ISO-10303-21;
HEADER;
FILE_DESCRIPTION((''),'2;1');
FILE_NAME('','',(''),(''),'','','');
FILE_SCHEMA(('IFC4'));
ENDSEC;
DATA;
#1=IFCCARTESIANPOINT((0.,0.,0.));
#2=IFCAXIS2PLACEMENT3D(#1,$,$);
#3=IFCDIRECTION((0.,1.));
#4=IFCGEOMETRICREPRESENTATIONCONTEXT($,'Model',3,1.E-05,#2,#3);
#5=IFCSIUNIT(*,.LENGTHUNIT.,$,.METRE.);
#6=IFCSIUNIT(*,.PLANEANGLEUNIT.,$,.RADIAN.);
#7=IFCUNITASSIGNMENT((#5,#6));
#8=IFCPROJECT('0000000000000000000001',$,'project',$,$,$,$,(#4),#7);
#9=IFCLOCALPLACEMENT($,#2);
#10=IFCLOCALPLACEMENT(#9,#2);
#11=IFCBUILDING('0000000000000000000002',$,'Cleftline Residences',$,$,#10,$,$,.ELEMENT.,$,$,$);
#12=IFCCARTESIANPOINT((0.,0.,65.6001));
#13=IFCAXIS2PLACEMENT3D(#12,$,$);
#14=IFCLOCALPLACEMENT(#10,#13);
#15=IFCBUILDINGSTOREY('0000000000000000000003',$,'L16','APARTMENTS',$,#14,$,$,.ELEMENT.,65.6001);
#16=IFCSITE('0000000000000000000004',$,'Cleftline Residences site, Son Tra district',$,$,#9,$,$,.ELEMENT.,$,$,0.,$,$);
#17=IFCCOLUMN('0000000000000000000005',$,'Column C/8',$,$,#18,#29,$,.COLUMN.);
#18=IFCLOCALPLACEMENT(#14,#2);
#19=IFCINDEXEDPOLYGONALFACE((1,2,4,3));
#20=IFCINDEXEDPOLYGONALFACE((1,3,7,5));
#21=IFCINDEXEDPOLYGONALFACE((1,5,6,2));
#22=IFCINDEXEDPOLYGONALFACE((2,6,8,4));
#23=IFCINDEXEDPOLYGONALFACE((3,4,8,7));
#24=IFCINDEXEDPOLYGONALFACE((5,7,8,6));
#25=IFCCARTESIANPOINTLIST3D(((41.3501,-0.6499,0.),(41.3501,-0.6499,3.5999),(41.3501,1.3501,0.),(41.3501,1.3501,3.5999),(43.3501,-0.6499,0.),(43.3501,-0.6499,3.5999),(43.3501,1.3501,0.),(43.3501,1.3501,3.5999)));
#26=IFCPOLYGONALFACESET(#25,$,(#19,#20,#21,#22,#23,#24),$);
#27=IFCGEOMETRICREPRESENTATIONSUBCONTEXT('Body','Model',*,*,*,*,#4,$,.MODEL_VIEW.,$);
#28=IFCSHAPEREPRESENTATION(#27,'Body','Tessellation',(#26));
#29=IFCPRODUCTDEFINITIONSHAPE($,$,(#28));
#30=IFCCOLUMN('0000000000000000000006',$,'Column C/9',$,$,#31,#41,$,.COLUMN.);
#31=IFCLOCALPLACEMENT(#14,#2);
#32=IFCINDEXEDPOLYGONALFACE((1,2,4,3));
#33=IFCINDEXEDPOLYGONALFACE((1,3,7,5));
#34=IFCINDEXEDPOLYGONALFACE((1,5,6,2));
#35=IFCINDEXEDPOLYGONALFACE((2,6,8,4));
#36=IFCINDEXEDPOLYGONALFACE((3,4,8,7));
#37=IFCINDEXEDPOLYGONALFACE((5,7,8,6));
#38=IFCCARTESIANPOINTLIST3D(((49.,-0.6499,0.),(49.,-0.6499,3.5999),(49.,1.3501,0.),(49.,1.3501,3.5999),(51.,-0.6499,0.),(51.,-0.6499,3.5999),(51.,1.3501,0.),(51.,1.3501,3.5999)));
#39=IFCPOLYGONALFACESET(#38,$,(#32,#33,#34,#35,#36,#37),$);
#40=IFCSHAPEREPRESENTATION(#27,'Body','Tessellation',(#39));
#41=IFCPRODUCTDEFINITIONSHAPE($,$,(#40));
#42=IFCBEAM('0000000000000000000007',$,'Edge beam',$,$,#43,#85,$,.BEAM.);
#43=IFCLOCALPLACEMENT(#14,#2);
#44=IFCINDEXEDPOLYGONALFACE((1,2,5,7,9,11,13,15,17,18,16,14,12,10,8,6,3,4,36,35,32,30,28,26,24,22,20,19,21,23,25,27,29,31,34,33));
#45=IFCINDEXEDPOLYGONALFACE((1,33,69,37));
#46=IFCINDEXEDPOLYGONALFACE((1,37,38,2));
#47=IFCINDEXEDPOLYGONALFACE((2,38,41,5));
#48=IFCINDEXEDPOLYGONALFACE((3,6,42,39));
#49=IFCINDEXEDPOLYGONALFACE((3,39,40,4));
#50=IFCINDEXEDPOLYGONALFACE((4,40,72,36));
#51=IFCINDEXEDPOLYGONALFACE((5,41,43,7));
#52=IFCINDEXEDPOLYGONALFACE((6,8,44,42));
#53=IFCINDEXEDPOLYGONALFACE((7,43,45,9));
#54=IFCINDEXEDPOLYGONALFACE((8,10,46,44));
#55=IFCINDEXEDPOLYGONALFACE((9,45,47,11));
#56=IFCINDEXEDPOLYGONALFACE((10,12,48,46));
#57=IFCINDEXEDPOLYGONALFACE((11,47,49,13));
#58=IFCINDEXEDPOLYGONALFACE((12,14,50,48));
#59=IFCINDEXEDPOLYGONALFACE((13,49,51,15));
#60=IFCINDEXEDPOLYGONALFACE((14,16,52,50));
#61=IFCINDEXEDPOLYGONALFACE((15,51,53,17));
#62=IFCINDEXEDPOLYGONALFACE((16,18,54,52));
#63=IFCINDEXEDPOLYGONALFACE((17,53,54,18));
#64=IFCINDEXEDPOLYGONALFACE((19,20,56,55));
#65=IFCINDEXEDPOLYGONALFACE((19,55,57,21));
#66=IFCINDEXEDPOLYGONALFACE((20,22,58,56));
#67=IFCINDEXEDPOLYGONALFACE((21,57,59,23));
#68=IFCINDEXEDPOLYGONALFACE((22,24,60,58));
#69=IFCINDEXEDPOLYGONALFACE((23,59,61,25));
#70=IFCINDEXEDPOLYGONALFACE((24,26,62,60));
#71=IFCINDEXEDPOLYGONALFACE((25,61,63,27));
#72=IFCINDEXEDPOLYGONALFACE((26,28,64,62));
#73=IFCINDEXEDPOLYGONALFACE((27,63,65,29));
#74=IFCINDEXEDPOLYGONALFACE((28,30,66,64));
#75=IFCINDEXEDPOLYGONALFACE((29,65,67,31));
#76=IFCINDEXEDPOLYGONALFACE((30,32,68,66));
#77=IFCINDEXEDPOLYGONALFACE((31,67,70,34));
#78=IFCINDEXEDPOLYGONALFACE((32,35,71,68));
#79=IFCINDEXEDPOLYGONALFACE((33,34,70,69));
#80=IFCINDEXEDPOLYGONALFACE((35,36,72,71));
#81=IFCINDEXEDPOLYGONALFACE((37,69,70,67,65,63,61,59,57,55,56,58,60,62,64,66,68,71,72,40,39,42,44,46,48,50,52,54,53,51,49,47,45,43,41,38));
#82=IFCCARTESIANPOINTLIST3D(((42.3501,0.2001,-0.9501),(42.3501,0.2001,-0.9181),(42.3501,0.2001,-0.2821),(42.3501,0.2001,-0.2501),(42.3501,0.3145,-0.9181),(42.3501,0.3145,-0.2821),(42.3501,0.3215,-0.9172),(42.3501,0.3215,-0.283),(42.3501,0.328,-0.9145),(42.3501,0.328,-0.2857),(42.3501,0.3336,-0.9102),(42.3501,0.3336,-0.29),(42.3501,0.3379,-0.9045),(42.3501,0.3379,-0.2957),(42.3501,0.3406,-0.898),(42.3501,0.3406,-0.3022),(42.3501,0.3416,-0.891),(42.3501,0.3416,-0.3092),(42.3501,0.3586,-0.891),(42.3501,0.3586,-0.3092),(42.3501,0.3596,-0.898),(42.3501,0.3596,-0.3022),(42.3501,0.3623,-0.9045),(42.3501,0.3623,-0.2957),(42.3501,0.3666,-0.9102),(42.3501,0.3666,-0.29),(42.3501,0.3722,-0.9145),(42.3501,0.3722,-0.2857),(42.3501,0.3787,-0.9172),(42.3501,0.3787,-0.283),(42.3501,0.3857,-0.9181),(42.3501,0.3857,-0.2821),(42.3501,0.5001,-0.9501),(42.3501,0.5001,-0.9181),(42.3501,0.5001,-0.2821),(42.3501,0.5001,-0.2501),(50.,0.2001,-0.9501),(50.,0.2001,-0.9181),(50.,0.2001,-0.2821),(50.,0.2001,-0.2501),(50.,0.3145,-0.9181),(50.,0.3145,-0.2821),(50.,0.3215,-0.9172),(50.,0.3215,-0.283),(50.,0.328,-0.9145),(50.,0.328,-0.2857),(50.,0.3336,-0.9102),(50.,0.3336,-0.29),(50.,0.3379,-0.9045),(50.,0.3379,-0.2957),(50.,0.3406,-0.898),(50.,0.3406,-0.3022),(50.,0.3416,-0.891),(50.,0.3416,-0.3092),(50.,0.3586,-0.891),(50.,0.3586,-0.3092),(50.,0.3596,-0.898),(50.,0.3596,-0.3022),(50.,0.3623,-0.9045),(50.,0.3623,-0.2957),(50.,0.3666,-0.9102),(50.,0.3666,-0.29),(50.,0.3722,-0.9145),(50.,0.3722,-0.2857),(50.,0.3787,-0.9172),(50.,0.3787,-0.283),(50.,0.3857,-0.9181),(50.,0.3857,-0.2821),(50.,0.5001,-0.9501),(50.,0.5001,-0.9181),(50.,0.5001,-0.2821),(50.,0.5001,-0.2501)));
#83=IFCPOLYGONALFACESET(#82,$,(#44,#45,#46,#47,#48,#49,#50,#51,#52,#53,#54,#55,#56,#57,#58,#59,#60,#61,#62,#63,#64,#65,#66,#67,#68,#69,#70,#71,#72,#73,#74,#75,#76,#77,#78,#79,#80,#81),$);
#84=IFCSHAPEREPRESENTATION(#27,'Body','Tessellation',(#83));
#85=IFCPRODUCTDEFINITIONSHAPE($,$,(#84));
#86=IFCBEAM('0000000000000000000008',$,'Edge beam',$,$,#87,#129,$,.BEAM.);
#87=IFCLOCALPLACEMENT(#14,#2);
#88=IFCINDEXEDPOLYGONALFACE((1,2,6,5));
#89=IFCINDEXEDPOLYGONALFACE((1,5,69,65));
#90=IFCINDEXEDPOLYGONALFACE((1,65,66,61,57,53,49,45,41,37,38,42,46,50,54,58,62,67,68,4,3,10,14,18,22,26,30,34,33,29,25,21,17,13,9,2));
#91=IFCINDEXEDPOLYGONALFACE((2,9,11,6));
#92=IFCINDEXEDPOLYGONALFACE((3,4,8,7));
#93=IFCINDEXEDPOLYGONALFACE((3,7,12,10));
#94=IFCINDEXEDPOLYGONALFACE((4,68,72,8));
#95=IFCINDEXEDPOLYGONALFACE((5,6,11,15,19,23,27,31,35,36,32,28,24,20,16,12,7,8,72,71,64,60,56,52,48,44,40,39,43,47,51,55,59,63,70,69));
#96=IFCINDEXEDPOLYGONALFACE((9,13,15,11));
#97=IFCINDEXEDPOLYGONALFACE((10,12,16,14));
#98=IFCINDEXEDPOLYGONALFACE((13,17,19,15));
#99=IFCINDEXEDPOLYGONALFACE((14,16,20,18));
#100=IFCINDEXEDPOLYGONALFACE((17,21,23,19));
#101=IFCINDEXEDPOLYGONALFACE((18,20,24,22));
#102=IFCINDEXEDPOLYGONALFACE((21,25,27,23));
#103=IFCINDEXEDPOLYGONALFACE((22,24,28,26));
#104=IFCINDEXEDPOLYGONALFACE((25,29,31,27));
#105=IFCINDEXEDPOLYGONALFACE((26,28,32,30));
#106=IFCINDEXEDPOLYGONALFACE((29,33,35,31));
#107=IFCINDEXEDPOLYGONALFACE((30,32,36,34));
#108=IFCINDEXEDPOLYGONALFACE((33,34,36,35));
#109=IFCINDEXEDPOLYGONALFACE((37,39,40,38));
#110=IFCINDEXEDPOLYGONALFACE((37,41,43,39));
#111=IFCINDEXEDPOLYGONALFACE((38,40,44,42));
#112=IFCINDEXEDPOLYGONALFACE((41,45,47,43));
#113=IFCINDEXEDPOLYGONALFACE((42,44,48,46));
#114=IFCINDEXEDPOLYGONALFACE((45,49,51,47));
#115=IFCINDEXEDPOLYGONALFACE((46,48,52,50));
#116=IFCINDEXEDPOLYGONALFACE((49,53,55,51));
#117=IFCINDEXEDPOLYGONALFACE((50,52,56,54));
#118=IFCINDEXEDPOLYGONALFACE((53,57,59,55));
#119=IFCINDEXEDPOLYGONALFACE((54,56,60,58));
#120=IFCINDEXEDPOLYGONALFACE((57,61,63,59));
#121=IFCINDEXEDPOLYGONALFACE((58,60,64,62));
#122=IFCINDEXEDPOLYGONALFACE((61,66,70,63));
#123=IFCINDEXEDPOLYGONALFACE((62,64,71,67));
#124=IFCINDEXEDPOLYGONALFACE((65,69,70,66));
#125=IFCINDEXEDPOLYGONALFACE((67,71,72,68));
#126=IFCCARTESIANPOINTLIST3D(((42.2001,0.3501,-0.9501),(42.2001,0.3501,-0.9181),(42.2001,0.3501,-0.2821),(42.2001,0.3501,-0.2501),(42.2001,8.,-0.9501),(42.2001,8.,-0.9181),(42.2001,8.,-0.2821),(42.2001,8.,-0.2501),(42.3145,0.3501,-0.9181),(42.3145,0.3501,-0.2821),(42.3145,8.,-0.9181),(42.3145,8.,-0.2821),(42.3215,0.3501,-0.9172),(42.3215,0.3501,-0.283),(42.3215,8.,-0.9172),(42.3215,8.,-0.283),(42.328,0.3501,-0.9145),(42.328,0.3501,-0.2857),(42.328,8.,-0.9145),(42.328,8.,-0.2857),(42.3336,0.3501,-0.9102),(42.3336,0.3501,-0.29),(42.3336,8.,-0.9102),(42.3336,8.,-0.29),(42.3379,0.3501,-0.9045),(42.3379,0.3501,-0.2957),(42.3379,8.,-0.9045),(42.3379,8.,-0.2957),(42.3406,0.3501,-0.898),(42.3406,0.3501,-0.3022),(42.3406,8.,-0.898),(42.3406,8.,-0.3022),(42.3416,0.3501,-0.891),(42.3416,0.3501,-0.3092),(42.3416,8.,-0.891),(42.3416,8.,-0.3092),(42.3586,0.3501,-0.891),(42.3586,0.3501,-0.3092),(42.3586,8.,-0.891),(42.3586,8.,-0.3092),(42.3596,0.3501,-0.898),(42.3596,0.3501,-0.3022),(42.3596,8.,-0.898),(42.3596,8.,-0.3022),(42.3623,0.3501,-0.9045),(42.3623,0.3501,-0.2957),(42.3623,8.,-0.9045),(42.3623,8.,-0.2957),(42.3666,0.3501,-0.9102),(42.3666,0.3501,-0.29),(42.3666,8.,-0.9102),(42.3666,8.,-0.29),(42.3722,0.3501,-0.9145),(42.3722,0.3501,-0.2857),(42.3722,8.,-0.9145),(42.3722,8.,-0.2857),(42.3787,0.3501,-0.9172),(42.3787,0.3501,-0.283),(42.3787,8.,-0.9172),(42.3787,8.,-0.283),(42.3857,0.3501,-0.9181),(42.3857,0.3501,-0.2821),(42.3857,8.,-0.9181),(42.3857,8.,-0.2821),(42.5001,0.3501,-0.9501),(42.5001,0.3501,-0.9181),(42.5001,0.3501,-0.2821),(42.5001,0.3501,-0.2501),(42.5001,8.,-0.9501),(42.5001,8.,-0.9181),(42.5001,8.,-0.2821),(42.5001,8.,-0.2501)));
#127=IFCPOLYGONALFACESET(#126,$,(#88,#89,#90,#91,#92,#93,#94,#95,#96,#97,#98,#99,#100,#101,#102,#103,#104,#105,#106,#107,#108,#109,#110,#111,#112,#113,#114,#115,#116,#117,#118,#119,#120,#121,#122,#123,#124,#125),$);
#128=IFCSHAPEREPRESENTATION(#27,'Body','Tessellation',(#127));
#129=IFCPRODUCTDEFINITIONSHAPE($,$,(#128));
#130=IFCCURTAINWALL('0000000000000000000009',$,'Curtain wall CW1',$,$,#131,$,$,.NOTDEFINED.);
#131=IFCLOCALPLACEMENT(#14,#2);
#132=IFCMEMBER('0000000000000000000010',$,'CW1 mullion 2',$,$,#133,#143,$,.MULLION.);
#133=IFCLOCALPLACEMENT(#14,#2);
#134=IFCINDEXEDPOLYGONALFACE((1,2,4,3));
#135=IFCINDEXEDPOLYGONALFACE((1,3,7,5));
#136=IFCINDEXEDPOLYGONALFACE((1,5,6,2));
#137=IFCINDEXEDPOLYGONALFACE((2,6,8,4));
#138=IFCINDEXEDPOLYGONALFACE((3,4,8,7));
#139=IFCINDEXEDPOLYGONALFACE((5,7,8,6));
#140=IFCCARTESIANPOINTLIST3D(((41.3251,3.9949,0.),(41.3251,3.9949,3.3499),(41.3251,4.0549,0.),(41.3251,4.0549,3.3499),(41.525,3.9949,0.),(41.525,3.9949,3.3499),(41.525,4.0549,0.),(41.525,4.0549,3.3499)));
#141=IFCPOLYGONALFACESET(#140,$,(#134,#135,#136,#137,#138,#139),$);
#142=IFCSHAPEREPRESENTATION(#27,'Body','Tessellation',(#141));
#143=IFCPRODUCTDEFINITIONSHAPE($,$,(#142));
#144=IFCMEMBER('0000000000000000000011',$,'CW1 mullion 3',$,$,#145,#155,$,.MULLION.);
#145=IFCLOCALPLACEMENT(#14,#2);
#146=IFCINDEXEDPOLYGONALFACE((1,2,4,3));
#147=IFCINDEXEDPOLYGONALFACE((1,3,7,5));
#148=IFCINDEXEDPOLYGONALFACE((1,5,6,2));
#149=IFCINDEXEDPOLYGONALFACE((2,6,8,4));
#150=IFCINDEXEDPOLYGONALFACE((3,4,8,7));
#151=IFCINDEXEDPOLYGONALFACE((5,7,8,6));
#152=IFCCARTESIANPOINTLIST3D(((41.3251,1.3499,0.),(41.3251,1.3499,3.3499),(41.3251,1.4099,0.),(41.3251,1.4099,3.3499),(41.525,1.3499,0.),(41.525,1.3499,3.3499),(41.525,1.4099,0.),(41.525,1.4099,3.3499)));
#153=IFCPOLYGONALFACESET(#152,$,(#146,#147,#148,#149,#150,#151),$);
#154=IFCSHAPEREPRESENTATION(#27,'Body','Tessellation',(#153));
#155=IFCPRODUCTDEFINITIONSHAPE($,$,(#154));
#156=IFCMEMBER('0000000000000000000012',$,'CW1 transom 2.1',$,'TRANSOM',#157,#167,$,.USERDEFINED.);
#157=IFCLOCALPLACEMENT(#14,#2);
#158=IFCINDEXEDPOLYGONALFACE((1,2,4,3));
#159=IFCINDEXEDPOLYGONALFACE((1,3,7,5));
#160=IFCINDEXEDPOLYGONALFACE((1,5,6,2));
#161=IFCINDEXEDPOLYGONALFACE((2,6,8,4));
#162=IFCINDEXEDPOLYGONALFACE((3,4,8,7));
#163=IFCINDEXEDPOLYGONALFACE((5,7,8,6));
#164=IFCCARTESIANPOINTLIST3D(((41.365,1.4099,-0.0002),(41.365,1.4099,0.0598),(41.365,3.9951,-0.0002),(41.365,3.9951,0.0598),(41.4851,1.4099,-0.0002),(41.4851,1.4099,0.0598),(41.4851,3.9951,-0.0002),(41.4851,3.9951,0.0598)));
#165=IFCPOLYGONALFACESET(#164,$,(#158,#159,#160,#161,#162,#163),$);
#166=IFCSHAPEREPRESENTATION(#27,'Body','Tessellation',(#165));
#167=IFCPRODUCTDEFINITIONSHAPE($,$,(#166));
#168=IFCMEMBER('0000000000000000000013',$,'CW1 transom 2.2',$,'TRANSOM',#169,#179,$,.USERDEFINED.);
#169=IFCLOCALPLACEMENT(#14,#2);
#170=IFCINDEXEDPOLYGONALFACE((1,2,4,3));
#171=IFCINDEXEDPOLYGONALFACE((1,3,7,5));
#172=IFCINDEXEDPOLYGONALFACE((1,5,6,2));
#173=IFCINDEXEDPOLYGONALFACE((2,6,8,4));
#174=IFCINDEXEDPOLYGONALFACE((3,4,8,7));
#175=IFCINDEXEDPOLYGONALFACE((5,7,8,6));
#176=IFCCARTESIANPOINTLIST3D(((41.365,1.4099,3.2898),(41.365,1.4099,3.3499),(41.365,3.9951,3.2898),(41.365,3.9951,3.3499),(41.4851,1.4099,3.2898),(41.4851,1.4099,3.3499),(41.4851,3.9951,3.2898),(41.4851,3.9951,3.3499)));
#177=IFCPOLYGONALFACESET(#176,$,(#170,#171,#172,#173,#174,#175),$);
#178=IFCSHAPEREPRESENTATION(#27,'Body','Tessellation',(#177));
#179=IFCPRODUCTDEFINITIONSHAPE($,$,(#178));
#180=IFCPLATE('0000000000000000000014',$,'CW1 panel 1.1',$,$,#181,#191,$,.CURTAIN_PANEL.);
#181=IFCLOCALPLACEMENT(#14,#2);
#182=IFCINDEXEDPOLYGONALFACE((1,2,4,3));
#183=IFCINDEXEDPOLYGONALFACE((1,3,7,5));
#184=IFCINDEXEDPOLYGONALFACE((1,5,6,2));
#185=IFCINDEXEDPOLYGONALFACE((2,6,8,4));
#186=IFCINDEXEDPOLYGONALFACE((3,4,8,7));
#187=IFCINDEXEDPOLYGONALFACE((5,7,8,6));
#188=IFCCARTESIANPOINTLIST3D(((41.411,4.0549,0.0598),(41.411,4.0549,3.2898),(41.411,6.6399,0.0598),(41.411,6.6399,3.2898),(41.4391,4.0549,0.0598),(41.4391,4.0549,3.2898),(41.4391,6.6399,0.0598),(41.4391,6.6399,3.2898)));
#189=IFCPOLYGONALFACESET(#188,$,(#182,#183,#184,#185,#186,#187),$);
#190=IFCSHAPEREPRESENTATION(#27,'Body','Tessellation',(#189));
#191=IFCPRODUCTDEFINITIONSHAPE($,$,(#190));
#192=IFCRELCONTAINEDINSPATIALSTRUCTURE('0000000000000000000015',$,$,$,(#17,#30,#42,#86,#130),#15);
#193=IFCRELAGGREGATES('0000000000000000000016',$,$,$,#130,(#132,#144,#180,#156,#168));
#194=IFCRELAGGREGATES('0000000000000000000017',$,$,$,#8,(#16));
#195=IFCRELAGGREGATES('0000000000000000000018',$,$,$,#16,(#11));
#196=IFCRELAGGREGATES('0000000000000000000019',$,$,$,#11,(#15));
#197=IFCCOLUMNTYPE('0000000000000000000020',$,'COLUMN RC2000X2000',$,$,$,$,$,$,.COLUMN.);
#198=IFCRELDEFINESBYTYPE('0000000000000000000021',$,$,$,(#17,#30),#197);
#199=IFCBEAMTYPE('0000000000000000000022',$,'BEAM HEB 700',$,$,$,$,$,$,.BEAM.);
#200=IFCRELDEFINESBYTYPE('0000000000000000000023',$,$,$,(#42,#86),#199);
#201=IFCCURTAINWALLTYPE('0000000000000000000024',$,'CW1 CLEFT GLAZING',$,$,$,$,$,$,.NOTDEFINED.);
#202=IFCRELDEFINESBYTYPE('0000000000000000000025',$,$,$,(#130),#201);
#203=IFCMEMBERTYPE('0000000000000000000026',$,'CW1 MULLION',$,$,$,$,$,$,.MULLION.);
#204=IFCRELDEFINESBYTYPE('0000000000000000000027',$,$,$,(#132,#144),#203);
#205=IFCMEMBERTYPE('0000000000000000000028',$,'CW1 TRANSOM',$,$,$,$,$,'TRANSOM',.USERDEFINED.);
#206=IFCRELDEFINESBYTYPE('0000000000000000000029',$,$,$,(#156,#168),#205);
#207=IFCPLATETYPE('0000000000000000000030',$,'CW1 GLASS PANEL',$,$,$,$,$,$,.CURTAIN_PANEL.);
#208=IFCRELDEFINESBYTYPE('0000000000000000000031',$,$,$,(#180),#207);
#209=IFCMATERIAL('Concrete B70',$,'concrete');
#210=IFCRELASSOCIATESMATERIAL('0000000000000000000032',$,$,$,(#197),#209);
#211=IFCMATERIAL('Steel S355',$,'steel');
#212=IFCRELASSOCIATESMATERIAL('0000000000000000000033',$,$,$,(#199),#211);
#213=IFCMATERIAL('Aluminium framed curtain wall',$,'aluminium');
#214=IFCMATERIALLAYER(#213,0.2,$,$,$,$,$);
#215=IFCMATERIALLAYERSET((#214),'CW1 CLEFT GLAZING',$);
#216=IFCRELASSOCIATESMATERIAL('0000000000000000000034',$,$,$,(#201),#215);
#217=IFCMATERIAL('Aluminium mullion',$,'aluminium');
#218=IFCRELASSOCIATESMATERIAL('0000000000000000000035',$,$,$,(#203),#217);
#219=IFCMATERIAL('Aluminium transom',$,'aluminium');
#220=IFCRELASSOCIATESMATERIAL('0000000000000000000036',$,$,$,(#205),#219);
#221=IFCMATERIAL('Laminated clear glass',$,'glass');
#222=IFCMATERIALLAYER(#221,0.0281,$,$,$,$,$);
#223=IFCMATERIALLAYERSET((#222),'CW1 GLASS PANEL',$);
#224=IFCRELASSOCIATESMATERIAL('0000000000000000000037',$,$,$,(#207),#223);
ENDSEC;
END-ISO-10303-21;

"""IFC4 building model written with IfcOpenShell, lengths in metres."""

from ifc_helpers import new_model, si_unit, direction, frame, origin, origin_2d, place, context, subcontext, project, spatial, rectangle, i_section, extrude, material, layer, layer_set, material_profile, profile_set, type_object, element, aggregate, save


model = new_model("IFC4")

# Units and contexts
model_context = context("Model", 3, precision=1e-05, world=origin(), true_north=direction((0.0, 1.0)))
body_context = subcontext(model_context, "Body", "Model", "MODEL_VIEW")
ifc_project = project(units=[si_unit("LENGTHUNIT", "METRE"), si_unit("PLANEANGLEUNIT", "RADIAN")], contexts=[model_context])

# Site, building, storey
site_placement = place(None, origin())
site = spatial("IfcSite", under=ifc_project, at=site_placement, Name="Cleftline Residences site, Son Tra district", CompositionType="ELEMENT", RefElevation=0.0)
building_placement = place(site_placement, origin())
building = spatial("IfcBuilding", under=site, at=building_placement, Name="Cleftline Residences", CompositionType="ELEMENT")
storey_placement = place(building_placement, frame((0.0, 0.0, 65.6001)))
storey = spatial("IfcBuildingStorey", under=building, at=storey_placement, Name="L16", Description="APARTMENTS", CompositionType="ELEMENT", Elevation=65.6001)

# Columns
ifc_material_1 = material(Name="Concrete B70", Category="concrete")
ifc_material_profile_1 = material_profile(ifc_material_1, rectangle(XDim=2.0, YDim=2.0, at=origin_2d()))
ifc_profile_set_1 = profile_set([ifc_material_profile_1], Name="Concrete B70")
column_type = type_object("IfcColumnType", Name="COLUMN RC2000X2000", PredefinedType="COLUMN", material=ifc_profile_set_1)
for number, where, z_axis, x_axis, name in (
    (1, (42.3501, 0.3501, 0.0), (0.0, 0.0, 1.0), (1.0, 0.0, 0.0), "Column C/8"),
    (2, (50.0, 0.3501, 0.0), (0.0, 0.0, 1.0), (1.0, 0.0, 0.0), "Column C/9"),
):
    element("IfcColumn", number, at=place(storey_placement, frame(where, z_axis=z_axis, x_axis=x_axis)), inside=storey, type_object=column_type, Name=name, PredefinedType="COLUMN", context=body_context, shape_type="SweptSolid", body=[
        extrude(rectangle(XDim=2.0, YDim=2.0, at=origin_2d()), origin(), (0.0, 0.0, 1.0), 3.5999),
    ])

# Beams
ifc_material_2 = material(Name="Steel S355", Category="steel")
ifc_material_profile_2 = material_profile(ifc_material_2, i_section(OverallWidth=0.3, OverallDepth=0.7, WebThickness=0.0171, FlangeThickness=0.032, FilletRadius=0.0271, at=origin_2d()))
ifc_profile_set_2 = profile_set([ifc_material_profile_2], Name="Steel S355")
beam_type = type_object("IfcBeamType", Name="BEAM HEB 700", PredefinedType="BEAM", material=ifc_profile_set_2)
for number, where, z_axis, x_axis, name in (
    (3, (50.0, 0.3501, -0.6001), (-1.0, 0.0, 0.0), (0.0, -1.0, 0.0), "Edge beam"),
    (4, (42.3501, 0.3501, -0.6001), (0.0, 1.0, 0.0), (-1.0, 0.0, 0.0), "Edge beam"),
):
    element("IfcBeam", number, at=place(storey_placement, frame(where, z_axis=z_axis, x_axis=x_axis)), inside=storey, type_object=beam_type, Name=name, PredefinedType="BEAM", context=body_context, shape_type="SweptSolid", body=[
        extrude(i_section(OverallWidth=0.3, OverallDepth=0.7, WebThickness=0.0171, FlangeThickness=0.032, FilletRadius=0.0271, at=origin_2d()), origin(), (0.0, 0.0, 1.0), 7.6499),
    ])

# Curtain wall, members, plate
ifc_material_3 = material(Name="Aluminium framed curtain wall", Category="aluminium")
ifc_layer_1 = layer(ifc_material_3, 0.2)
ifc_layer_set_1 = layer_set([ifc_layer_1], Name="CW1 CLEFT GLAZING")
curtain_wall_type = type_object("IfcCurtainWallType", Name="CW1 CLEFT GLAZING", PredefinedType="NOTDEFINED", material=ifc_layer_set_1)
curtain_wall_placement = place(storey_placement, origin())
curtain_wall = element("IfcCurtainWall", 5, at=curtain_wall_placement, inside=storey, type_object=curtain_wall_type, Name="Curtain wall CW1", PredefinedType="NOTDEFINED")
ifc_material_4 = material(Name="Aluminium mullion", Category="aluminium")
ifc_material_profile_3 = material_profile(ifc_material_4, rectangle(XDim=0.2, YDim=0.0601, at=origin_2d()))
ifc_profile_set_3 = profile_set([ifc_material_profile_3], Name="Aluminium mullion")
member_type_1 = type_object("IfcMemberType", Name="CW1 MULLION", PredefinedType="MULLION", material=ifc_profile_set_3)
member_1_placement = place(storey_placement, frame((41.425, 4.0249, 0.0), z_axis=(0.0, 0.0, 1.0), x_axis=(1.0, 0.0, 0.0)))
member_1 = element("IfcMember", 6, at=member_1_placement, type_object=member_type_1, Name="CW1 mullion 2", PredefinedType="MULLION", context=body_context, shape_type="SweptSolid", body=[
    extrude(rectangle(XDim=0.2, YDim=0.0601, at=origin_2d()), origin(), (0.0, 0.0, 1.0), 3.3499),
])
member_2_placement = place(storey_placement, frame((41.425, 1.3799, 0.0), z_axis=(0.0, 0.0, 1.0), x_axis=(1.0, 0.0, 0.0)))
member_2 = element("IfcMember", 7, at=member_2_placement, type_object=member_type_1, Name="CW1 mullion 3", PredefinedType="MULLION", context=body_context, shape_type="SweptSolid", body=[
    extrude(rectangle(XDim=0.2, YDim=0.0601, at=origin_2d()), origin(), (0.0, 0.0, 1.0), 3.3499),
])
ifc_material_5 = material(Name="Aluminium transom", Category="aluminium")
ifc_material_profile_4 = material_profile(ifc_material_5, rectangle(XDim=0.1201, YDim=0.0601, at=origin_2d()))
ifc_profile_set_4 = profile_set([ifc_material_profile_4], Name="Aluminium transom")
member_type_2 = type_object("IfcMemberType", Name="CW1 TRANSOM", ElementType="TRANSOM", PredefinedType="USERDEFINED", material=ifc_profile_set_4)
member_3_placement = place(storey_placement, frame((41.425, 3.9951, 0.0298), z_axis=(0.0, -1.0, 0.0), x_axis=(1.0, 0.0, 0.0)))
member_3 = element("IfcMember", 8, at=member_3_placement, type_object=member_type_2, Name="CW1 transom 2.1", ObjectType="TRANSOM", PredefinedType="USERDEFINED", context=body_context, shape_type="SweptSolid", body=[
    extrude(rectangle(XDim=0.1201, YDim=0.0601, at=origin_2d()), origin(), (0.0, 0.0, 1.0), 2.5852),
])
member_4_placement = place(storey_placement, frame((41.425, 3.9951, 3.3198), z_axis=(0.0, -1.0, 0.0), x_axis=(1.0, 0.0, 0.0)))
member_4 = element("IfcMember", 9, at=member_4_placement, type_object=member_type_2, Name="CW1 transom 2.2", ObjectType="TRANSOM", PredefinedType="USERDEFINED", context=body_context, shape_type="SweptSolid", body=[
    extrude(rectangle(XDim=0.1201, YDim=0.0601, at=origin_2d()), origin(), (0.0, 0.0, 1.0), 2.5852),
])
ifc_material_6 = material(Name="Laminated clear glass", Category="glass")
ifc_layer_2 = layer(ifc_material_6, 0.0281)
ifc_layer_set_2 = layer_set([ifc_layer_2], Name="CW1 GLASS PANEL")
plate_type = type_object("IfcPlateType", Name="CW1 GLASS PANEL", PredefinedType="CURTAIN_PANEL", material=ifc_layer_set_2)
plate_1_placement = place(storey_placement, frame((41.425, 5.3474, 0.0598), z_axis=(0.0, 0.0, 1.0), x_axis=(0.0, -1.0, 0.0)))
plate_1 = element("IfcPlate", 10, at=plate_1_placement, type_object=plate_type, Name="CW1 panel 1.1", PredefinedType="CURTAIN_PANEL", context=body_context, shape_type="SweptSolid", body=[
    extrude(rectangle(XDim=2.585, YDim=0.0281, at=origin_2d()), origin(), (0.0, 0.0, 1.0), 3.23),
])
aggregate(curtain_wall, [member_1, member_2, plate_1, member_3, member_4])

save(model, "model.ifc")
